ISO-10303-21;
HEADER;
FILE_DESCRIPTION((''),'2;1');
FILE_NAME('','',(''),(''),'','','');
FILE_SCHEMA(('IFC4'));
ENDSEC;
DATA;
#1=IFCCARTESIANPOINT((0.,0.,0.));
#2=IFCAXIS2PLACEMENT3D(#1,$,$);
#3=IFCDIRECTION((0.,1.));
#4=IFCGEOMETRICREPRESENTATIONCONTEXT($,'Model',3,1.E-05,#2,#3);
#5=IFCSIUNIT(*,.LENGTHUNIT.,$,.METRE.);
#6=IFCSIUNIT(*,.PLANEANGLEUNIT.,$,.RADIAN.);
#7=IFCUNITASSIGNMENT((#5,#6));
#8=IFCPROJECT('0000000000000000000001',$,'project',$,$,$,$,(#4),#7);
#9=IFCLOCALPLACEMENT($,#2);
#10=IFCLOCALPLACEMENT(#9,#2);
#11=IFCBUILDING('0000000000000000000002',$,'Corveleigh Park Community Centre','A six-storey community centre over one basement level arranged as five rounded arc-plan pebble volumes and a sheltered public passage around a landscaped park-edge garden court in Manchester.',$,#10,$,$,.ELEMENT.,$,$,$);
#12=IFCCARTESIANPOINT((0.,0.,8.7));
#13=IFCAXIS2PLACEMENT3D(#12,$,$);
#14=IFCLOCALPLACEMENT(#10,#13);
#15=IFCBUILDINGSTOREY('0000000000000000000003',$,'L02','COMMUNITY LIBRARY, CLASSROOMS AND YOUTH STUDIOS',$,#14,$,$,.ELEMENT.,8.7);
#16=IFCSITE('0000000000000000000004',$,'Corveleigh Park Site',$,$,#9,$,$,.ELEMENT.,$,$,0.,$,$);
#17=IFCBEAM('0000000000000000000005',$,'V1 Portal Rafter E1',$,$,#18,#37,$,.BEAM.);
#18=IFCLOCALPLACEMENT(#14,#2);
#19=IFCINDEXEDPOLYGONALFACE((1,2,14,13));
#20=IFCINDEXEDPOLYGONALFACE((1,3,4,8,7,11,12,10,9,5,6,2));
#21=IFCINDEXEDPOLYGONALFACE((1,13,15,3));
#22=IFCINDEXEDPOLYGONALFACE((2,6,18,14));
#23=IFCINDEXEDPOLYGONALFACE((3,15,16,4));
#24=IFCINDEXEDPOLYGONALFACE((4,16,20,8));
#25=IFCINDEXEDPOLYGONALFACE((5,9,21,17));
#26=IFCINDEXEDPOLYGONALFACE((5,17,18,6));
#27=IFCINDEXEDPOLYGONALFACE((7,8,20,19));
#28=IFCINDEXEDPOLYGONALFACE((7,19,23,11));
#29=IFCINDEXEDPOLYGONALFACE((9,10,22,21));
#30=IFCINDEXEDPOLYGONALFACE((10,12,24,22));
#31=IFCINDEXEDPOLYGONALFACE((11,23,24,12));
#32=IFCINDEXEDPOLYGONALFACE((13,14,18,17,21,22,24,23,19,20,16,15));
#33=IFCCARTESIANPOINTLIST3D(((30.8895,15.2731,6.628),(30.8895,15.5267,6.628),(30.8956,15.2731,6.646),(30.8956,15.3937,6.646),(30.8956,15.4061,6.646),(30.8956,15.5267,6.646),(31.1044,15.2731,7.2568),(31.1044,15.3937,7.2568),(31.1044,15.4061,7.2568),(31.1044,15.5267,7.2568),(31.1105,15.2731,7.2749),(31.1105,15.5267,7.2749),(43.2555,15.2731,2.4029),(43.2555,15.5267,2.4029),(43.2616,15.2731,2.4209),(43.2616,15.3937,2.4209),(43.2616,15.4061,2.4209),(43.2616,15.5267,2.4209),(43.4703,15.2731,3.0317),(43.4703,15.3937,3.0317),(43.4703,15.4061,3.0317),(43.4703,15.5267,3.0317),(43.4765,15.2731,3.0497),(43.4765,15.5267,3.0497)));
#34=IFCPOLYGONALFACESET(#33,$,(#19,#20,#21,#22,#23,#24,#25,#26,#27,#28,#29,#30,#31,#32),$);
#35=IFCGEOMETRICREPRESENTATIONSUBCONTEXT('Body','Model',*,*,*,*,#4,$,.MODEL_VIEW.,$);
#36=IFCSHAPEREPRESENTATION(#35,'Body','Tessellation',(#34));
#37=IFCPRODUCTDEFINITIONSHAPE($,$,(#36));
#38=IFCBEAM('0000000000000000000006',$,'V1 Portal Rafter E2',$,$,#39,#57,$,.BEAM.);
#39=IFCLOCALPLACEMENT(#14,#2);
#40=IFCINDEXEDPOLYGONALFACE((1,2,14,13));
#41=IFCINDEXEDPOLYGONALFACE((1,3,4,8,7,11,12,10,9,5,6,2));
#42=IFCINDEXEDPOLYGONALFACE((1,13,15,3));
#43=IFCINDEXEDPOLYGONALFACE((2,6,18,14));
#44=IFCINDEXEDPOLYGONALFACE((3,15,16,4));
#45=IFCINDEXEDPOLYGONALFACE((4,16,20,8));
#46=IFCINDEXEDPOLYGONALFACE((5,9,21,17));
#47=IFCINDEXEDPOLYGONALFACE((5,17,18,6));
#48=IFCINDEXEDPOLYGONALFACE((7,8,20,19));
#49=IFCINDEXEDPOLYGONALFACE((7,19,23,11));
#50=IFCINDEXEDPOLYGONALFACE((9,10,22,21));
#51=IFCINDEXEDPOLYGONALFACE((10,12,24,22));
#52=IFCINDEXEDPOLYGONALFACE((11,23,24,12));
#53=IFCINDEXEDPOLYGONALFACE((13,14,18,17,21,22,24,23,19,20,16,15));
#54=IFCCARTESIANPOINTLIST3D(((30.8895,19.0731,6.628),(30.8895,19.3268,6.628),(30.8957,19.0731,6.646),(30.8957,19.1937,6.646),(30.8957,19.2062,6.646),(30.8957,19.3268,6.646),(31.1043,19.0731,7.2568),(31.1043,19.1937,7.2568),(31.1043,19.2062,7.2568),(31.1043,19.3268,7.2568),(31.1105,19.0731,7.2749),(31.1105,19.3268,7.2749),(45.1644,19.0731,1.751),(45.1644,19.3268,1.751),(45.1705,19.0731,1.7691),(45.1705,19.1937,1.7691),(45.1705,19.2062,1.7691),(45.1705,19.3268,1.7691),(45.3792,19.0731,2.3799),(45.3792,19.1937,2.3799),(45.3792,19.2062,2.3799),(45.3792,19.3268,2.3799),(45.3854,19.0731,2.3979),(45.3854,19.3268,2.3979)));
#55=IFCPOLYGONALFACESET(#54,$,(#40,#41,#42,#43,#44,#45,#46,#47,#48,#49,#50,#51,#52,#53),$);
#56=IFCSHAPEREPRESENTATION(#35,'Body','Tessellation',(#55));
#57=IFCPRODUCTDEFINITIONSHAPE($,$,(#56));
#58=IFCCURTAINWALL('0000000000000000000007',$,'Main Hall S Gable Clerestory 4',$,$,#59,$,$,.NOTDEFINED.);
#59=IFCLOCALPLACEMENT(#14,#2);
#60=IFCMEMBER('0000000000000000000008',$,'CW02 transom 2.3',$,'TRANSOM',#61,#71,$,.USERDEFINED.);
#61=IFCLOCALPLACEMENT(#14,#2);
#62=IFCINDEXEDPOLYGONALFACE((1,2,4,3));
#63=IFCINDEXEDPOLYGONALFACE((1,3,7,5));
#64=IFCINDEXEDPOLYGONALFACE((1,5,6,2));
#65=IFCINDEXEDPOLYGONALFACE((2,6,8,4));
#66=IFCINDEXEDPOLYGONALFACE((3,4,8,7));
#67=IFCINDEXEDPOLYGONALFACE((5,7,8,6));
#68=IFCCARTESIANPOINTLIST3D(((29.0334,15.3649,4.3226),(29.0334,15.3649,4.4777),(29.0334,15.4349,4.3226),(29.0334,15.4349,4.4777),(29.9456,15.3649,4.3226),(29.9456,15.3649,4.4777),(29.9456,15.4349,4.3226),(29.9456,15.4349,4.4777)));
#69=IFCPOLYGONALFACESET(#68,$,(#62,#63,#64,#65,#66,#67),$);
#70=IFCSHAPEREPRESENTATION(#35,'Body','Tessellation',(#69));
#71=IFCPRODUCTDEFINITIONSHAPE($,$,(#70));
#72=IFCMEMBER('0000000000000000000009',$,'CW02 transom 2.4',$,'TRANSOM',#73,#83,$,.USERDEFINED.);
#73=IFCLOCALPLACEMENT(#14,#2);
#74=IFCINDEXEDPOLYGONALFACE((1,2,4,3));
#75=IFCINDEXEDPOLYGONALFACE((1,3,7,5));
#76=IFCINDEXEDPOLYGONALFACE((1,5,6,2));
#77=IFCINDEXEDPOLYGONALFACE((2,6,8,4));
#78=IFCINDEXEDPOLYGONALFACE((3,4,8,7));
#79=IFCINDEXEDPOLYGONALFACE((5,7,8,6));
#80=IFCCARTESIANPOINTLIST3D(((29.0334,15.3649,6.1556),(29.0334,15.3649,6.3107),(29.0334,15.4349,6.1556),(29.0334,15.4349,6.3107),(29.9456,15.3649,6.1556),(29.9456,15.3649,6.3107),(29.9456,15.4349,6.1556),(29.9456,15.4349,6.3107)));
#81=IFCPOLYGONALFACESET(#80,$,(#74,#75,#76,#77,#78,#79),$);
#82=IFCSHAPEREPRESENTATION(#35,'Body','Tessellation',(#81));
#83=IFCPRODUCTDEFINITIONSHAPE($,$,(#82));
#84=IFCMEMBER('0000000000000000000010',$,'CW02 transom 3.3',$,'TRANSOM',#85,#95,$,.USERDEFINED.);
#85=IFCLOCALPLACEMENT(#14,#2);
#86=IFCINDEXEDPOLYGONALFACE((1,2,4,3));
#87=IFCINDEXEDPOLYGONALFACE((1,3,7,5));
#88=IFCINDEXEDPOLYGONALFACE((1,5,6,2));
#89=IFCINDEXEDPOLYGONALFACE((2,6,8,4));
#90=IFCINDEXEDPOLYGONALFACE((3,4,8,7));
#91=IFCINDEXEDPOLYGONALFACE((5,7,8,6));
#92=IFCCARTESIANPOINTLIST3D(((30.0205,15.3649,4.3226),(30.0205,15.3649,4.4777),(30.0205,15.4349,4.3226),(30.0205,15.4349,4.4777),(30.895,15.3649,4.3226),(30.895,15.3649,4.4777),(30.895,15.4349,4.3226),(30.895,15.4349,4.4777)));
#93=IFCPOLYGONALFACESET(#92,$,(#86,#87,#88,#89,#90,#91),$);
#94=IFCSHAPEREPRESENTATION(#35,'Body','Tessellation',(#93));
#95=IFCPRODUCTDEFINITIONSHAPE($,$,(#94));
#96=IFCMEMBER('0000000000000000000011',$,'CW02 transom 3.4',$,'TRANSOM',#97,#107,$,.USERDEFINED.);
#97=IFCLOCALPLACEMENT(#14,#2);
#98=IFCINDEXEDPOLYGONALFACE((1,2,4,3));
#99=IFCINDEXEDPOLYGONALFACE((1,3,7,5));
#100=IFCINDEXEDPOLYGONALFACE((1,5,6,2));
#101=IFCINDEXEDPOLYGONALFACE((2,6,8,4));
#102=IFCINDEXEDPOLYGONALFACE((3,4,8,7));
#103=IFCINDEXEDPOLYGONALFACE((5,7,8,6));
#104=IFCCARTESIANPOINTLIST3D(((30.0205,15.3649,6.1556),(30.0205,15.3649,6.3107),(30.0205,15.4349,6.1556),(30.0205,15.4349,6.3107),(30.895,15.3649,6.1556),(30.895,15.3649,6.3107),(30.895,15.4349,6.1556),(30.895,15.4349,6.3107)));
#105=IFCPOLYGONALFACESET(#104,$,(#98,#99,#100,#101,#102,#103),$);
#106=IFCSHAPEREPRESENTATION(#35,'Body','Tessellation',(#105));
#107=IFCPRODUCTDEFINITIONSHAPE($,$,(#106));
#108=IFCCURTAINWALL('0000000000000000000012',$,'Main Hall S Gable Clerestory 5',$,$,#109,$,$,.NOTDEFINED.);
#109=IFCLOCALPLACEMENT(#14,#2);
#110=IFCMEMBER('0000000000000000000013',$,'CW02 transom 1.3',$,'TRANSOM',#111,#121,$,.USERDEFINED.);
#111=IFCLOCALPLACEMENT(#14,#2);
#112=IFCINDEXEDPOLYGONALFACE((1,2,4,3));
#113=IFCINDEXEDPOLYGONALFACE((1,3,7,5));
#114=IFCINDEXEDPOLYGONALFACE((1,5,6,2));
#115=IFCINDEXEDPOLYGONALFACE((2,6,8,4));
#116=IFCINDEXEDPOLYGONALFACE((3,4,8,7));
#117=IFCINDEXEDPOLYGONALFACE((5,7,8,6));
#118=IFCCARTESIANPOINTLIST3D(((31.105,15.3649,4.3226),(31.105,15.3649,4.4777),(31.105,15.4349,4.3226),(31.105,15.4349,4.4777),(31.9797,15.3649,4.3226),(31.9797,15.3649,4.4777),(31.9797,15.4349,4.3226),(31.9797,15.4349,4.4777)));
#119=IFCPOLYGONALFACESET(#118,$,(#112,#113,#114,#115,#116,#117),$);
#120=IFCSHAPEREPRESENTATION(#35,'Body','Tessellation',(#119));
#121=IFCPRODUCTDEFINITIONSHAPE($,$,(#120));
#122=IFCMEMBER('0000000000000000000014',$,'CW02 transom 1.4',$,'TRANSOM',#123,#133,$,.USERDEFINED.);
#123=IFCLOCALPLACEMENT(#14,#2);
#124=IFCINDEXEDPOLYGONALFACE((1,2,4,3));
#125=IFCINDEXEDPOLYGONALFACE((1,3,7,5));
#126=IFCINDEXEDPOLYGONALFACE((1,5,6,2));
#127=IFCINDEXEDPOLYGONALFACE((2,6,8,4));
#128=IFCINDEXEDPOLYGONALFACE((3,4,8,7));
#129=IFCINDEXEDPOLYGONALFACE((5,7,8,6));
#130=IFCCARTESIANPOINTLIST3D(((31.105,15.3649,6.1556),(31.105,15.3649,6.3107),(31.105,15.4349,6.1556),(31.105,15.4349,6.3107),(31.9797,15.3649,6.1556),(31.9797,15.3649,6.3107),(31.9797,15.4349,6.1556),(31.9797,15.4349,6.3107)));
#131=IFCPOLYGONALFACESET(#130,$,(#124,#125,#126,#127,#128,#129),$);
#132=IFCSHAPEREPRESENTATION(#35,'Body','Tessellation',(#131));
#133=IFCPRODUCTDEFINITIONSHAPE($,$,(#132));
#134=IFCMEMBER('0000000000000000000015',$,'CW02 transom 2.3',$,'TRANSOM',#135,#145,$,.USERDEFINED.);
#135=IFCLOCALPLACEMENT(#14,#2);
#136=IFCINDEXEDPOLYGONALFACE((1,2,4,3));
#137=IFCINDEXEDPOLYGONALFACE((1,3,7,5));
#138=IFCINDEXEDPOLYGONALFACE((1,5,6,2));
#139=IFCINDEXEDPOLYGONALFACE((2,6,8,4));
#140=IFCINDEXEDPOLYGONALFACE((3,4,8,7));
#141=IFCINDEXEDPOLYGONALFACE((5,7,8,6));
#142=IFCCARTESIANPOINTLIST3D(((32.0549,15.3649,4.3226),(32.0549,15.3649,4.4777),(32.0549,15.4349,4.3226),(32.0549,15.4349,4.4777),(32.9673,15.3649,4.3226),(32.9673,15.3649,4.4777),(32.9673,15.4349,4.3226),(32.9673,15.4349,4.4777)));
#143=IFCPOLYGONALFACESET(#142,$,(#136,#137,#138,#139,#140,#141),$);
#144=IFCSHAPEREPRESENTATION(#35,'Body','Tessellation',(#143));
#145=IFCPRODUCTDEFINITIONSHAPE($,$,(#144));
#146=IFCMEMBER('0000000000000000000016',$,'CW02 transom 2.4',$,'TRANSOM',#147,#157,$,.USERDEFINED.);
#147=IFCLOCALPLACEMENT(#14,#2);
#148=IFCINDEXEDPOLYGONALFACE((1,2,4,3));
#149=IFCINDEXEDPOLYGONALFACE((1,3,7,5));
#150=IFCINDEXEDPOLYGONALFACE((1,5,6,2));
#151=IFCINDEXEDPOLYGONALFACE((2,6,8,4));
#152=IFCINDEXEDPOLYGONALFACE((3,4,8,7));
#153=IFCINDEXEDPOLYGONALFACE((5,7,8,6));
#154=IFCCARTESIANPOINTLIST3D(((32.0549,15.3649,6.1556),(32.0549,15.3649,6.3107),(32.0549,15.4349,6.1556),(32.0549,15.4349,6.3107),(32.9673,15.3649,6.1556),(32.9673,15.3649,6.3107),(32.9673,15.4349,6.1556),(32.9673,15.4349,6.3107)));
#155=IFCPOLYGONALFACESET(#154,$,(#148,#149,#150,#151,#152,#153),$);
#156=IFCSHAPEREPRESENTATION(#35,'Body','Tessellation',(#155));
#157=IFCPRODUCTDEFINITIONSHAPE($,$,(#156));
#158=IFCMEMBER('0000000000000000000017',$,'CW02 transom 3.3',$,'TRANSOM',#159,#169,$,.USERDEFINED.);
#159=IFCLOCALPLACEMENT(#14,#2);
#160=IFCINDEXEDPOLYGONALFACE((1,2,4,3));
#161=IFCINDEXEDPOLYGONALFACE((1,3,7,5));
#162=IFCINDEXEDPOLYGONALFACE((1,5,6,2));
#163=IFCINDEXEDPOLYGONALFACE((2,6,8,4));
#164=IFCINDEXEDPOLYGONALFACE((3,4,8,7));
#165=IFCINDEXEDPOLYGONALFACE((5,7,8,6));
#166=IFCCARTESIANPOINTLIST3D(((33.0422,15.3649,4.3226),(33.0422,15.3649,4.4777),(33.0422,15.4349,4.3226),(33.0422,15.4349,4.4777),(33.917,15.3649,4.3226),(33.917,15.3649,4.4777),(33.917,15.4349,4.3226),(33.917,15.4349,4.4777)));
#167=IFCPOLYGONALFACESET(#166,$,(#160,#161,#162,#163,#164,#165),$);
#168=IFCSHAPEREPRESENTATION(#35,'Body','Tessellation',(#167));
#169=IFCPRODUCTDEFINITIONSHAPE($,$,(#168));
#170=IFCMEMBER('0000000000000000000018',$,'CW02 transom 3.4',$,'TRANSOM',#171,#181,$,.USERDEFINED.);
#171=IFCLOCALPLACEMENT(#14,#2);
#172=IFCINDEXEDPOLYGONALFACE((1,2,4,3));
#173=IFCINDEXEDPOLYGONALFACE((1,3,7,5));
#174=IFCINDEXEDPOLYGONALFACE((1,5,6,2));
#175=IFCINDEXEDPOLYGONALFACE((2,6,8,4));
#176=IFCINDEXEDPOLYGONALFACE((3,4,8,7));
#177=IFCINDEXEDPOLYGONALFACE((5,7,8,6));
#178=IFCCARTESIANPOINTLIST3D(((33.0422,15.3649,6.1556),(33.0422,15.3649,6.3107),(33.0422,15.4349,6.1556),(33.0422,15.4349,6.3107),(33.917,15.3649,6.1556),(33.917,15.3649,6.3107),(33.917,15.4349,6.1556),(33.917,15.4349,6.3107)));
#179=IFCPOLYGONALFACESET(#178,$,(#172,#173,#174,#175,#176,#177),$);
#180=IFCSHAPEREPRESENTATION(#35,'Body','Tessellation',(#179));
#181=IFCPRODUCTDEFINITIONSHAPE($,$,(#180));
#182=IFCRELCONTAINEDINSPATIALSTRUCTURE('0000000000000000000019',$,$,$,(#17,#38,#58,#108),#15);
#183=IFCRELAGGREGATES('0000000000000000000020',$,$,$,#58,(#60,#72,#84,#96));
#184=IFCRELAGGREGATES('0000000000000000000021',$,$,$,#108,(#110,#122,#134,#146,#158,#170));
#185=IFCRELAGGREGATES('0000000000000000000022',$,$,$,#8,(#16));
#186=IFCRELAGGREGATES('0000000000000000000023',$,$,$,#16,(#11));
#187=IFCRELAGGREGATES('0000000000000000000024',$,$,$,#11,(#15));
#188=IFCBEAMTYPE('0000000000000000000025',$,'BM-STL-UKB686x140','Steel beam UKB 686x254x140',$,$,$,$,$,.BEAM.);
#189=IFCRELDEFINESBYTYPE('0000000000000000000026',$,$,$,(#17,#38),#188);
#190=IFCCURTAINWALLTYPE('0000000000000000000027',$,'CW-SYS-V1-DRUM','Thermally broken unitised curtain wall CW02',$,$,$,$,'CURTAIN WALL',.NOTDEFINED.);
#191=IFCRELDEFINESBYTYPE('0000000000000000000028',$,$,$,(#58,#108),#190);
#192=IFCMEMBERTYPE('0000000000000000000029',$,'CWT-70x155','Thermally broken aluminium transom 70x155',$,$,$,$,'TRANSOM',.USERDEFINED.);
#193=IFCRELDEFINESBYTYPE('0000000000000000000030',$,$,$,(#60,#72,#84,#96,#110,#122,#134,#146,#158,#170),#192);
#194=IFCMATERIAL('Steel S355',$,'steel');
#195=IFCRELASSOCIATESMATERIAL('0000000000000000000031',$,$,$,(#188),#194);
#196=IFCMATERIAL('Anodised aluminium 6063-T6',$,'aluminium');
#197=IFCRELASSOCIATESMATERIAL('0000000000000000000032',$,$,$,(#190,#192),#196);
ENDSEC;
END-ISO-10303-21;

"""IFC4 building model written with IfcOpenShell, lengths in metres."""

from ifc_helpers import new_model, si_unit, direction, frame, origin, origin_2d, place, context, subcontext, project, spatial, rectangle, i_section, extrude, material, material_profile, profile_set, type_object, element, aggregate, save


model = new_model("IFC4")

# Units and contexts
model_context = context("Model", 3, precision=1e-05, world=origin(), true_north=direction((0.0, 1.0)))
body_context = subcontext(model_context, "Body", "Model", "MODEL_VIEW")
ifc_project = project(units=[si_unit("LENGTHUNIT", "METRE"), si_unit("PLANEANGLEUNIT", "RADIAN")], contexts=[model_context])

# Site, building, storey
site_placement = place(None, origin())
site = spatial("IfcSite", under=ifc_project, at=site_placement, Name="Corveleigh Park Site", CompositionType="ELEMENT", RefElevation=0.0)
building_placement = place(site_placement, origin())
building = spatial("IfcBuilding", under=site, at=building_placement, Name="Corveleigh Park Community Centre", Description="A six-storey community centre over one basement level arranged as five rounded arc-plan pebble volumes and a sheltered public passage around a landscaped park-edge garden court in Manchester.", CompositionType="ELEMENT")
storey_placement = place(building_placement, frame((0.0, 0.0, 8.7)))
storey = spatial("IfcBuildingStorey", under=building, at=storey_placement, Name="L02", Description="COMMUNITY LIBRARY, CLASSROOMS AND YOUTH STUDIOS", CompositionType="ELEMENT", Elevation=8.7)

# Beams
ifc_material_1 = material(Name="Steel S355", Category="steel")
ifc_material_profile_1 = material_profile(ifc_material_1, i_section(OverallWidth=0.2537, OverallDepth=0.6836, WebThickness=0.0125, FlangeThickness=0.019, at=origin_2d()), Name="UKB 686x254x140", Category="steel")
ifc_profile_set_1 = profile_set([ifc_material_profile_1], Name="Steel S355")
beam_type = type_object("IfcBeamType", Name="BM-STL-UKB686x140", Description="Steel beam UKB 686x254x140", PredefinedType="BEAM", material=ifc_profile_set_1)
beam_1_placement = place(storey_placement, frame((31.0, 15.3999, 6.9514), z_axis=(0.94629, 0.0, -0.32332), x_axis=(0.0, 1.0, 0.0)))
element("IfcBeam", 1, at=beam_1_placement, inside=storey, type_object=beam_type, Name="V1 Portal Rafter E1", PredefinedType="BEAM", context=body_context, shape_type="SweptSolid", body=[
    extrude(i_section(OverallWidth=0.2537, OverallDepth=0.6836, WebThickness=0.0125, FlangeThickness=0.019, at=origin_2d()), origin(), (0.0, 0.0, 1.0), 13.0679),
])
beam_2_placement = place(storey_placement, frame((31.0, 19.2, 6.9514), z_axis=(0.946297, 0.0, -0.323298), x_axis=(0.0, 1.0, 0.0)))
element("IfcBeam", 2, at=beam_2_placement, inside=storey, type_object=beam_type, Name="V1 Portal Rafter E2", PredefinedType="BEAM", context=body_context, shape_type="SweptSolid", body=[
    extrude(i_section(OverallWidth=0.2537, OverallDepth=0.6836, WebThickness=0.0125, FlangeThickness=0.019, at=origin_2d()), origin(), (0.0, 0.0, 1.0), 15.085),
])

# Curtain walls, members
ifc_material_2 = material(Name="Anodised aluminium 6063-T6", Category="aluminium")
curtain_wall_type = type_object("IfcCurtainWallType", Name="CW-SYS-V1-DRUM", Description="Thermally broken unitised curtain wall CW02", ElementType="CURTAIN WALL", PredefinedType="NOTDEFINED", material=ifc_material_2)
curtain_wall_1_placement = place(storey_placement, origin())
curtain_wall_1 = element("IfcCurtainWall", 3, at=curtain_wall_1_placement, inside=storey, type_object=curtain_wall_type, Name="Main Hall S Gable Clerestory 4", PredefinedType="NOTDEFINED")
ifc_material_profile_2 = material_profile(ifc_material_2, rectangle(XDim=0.0701, YDim=0.155, at=origin_2d()), Name="ALU-T70x155", Category="aluminium")
ifc_profile_set_2 = profile_set([ifc_material_profile_2], Name="Anodised aluminium 6063-T6")
member_type_1 = type_object("IfcMemberType", Name="CWT-70x155", Description="Thermally broken aluminium transom 70x155", ElementType="TRANSOM", PredefinedType="USERDEFINED", material=ifc_profile_set_2)
member_1_placement = place(storey_placement, frame((29.0334, 15.3999, 4.4001), z_axis=(1.0, 0.0, 0.0), x_axis=(0.0, 1.0, 0.0)))
member_1 = element("IfcMember", 4, at=member_1_placement, type_object=member_type_1, Name="CW02 transom 2.3", ObjectType="TRANSOM", PredefinedType="USERDEFINED", context=body_context, shape_type="SweptSolid", body=[
    extrude(rectangle(XDim=0.0701, YDim=0.155, at=origin_2d()), origin(), (0.0, 0.0, 1.0), 0.9121),
])
member_2_placement = place(storey_placement, frame((29.0334, 15.3999, 6.2332), z_axis=(1.0, 0.0, 0.0), x_axis=(0.0, 1.0, 0.0)))
member_2 = element("IfcMember", 5, at=member_2_placement, type_object=member_type_1, Name="CW02 transom 2.4", ObjectType="TRANSOM", PredefinedType="USERDEFINED", context=body_context, shape_type="SweptSolid", body=[
    extrude(rectangle(XDim=0.0701, YDim=0.155, at=origin_2d()), origin(), (0.0, 0.0, 1.0), 0.9121),
])
member_3_placement = place(storey_placement, frame((30.0205, 15.3999, 4.4001), z_axis=(1.0, 0.0, 0.0), x_axis=(0.0, 1.0, 0.0)))
member_3 = element("IfcMember", 6, at=member_3_placement, type_object=member_type_1, Name="CW02 transom 3.3", ObjectType="TRANSOM", PredefinedType="USERDEFINED", context=body_context, shape_type="SweptSolid", body=[
    extrude(rectangle(XDim=0.0701, YDim=0.155, at=origin_2d()), origin(), (0.0, 0.0, 1.0), 0.8745),
])
member_4_placement = place(storey_placement, frame((30.0205, 15.3999, 6.2332), z_axis=(1.0, 0.0, 0.0), x_axis=(0.0, 1.0, 0.0)))
member_4 = element("IfcMember", 7, at=member_4_placement, type_object=member_type_1, Name="CW02 transom 3.4", ObjectType="TRANSOM", PredefinedType="USERDEFINED", context=body_context, shape_type="SweptSolid", body=[
    extrude(rectangle(XDim=0.0701, YDim=0.155, at=origin_2d()), origin(), (0.0, 0.0, 1.0), 0.8745),
])
curtain_wall_2_placement = place(storey_placement, origin())
curtain_wall_2 = element("IfcCurtainWall", 8, at=curtain_wall_2_placement, inside=storey, type_object=curtain_wall_type, Name="Main Hall S Gable Clerestory 5", PredefinedType="NOTDEFINED")
member_5_placement = place(storey_placement, frame((31.105, 15.3999, 4.4001), z_axis=(1.0, 0.0, 0.0), x_axis=(0.0, 1.0, 0.0)))
member_5 = element("IfcMember", 9, at=member_5_placement, type_object=member_type_1, Name="CW02 transom 1.3", ObjectType="TRANSOM", PredefinedType="USERDEFINED", context=body_context, shape_type="SweptSolid", body=[
    extrude(rectangle(XDim=0.0701, YDim=0.155, at=origin_2d()), origin(), (0.0, 0.0, 1.0), 0.8748),
])
member_6_placement = place(storey_placement, frame((31.105, 15.3999, 6.2332), z_axis=(1.0, 0.0, 0.0), x_axis=(0.0, 1.0, 0.0)))
member_6 = element("IfcMember", 10, at=member_6_placement, type_object=member_type_1, Name="CW02 transom 1.4", ObjectType="TRANSOM", PredefinedType="USERDEFINED", context=body_context, shape_type="SweptSolid", body=[
    extrude(rectangle(XDim=0.0701, YDim=0.155, at=origin_2d()), origin(), (0.0, 0.0, 1.0), 0.8748),
])
member_7_placement = place(storey_placement, frame((32.0549, 15.3999, 4.4001), z_axis=(1.0, 0.0, 0.0), x_axis=(0.0, 1.0, 0.0)))
member_7 = element("IfcMember", 11, at=member_7_placement, type_object=member_type_1, Name="CW02 transom 2.3", ObjectType="TRANSOM", PredefinedType="USERDEFINED", context=body_context, shape_type="SweptSolid", body=[
    extrude(rectangle(XDim=0.0701, YDim=0.155, at=origin_2d()), origin(), (0.0, 0.0, 1.0), 0.9124),
])
member_8_placement = place(storey_placement, frame((32.0549, 15.3999, 6.2332), z_axis=(1.0, 0.0, 0.0), x_axis=(0.0, 1.0, 0.0)))
member_8 = element("IfcMember", 12, at=member_8_placement, type_object=member_type_1, Name="CW02 transom 2.4", ObjectType="TRANSOM", PredefinedType="USERDEFINED", context=body_context, shape_type="SweptSolid", body=[
    extrude(rectangle(XDim=0.0701, YDim=0.155, at=origin_2d()), origin(), (0.0, 0.0, 1.0), 0.9124),
])
member_9_placement = place(storey_placement, frame((33.0422, 15.3999, 4.4001), z_axis=(1.0, 0.0, 0.0), x_axis=(0.0, 1.0, 0.0)))
member_9 = element("IfcMember", 13, at=member_9_placement, type_object=member_type_1, Name="CW02 transom 3.3", ObjectType="TRANSOM", PredefinedType="USERDEFINED", context=body_context, shape_type="SweptSolid", body=[
    extrude(rectangle(XDim=0.0701, YDim=0.155, at=origin_2d()), origin(), (0.0, 0.0, 1.0), 0.8748),
])
member_10_placement = place(storey_placement, frame((33.0422, 15.3999, 6.2332), z_axis=(1.0, 0.0, 0.0), x_axis=(0.0, 1.0, 0.0)))
member_10 = element("IfcMember", 14, at=member_10_placement, type_object=member_type_1, Name="CW02 transom 3.4", ObjectType="TRANSOM", PredefinedType="USERDEFINED", context=body_context, shape_type="SweptSolid", body=[
    extrude(rectangle(XDim=0.0701, YDim=0.155, at=origin_2d()), origin(), (0.0, 0.0, 1.0), 0.8748),
])

aggregate(curtain_wall_1, [member_1, member_2, member_3, member_4])
aggregate(curtain_wall_2, [member_5, member_6, member_7, member_8, member_9, member_10])

save(model, "model.ifc")
